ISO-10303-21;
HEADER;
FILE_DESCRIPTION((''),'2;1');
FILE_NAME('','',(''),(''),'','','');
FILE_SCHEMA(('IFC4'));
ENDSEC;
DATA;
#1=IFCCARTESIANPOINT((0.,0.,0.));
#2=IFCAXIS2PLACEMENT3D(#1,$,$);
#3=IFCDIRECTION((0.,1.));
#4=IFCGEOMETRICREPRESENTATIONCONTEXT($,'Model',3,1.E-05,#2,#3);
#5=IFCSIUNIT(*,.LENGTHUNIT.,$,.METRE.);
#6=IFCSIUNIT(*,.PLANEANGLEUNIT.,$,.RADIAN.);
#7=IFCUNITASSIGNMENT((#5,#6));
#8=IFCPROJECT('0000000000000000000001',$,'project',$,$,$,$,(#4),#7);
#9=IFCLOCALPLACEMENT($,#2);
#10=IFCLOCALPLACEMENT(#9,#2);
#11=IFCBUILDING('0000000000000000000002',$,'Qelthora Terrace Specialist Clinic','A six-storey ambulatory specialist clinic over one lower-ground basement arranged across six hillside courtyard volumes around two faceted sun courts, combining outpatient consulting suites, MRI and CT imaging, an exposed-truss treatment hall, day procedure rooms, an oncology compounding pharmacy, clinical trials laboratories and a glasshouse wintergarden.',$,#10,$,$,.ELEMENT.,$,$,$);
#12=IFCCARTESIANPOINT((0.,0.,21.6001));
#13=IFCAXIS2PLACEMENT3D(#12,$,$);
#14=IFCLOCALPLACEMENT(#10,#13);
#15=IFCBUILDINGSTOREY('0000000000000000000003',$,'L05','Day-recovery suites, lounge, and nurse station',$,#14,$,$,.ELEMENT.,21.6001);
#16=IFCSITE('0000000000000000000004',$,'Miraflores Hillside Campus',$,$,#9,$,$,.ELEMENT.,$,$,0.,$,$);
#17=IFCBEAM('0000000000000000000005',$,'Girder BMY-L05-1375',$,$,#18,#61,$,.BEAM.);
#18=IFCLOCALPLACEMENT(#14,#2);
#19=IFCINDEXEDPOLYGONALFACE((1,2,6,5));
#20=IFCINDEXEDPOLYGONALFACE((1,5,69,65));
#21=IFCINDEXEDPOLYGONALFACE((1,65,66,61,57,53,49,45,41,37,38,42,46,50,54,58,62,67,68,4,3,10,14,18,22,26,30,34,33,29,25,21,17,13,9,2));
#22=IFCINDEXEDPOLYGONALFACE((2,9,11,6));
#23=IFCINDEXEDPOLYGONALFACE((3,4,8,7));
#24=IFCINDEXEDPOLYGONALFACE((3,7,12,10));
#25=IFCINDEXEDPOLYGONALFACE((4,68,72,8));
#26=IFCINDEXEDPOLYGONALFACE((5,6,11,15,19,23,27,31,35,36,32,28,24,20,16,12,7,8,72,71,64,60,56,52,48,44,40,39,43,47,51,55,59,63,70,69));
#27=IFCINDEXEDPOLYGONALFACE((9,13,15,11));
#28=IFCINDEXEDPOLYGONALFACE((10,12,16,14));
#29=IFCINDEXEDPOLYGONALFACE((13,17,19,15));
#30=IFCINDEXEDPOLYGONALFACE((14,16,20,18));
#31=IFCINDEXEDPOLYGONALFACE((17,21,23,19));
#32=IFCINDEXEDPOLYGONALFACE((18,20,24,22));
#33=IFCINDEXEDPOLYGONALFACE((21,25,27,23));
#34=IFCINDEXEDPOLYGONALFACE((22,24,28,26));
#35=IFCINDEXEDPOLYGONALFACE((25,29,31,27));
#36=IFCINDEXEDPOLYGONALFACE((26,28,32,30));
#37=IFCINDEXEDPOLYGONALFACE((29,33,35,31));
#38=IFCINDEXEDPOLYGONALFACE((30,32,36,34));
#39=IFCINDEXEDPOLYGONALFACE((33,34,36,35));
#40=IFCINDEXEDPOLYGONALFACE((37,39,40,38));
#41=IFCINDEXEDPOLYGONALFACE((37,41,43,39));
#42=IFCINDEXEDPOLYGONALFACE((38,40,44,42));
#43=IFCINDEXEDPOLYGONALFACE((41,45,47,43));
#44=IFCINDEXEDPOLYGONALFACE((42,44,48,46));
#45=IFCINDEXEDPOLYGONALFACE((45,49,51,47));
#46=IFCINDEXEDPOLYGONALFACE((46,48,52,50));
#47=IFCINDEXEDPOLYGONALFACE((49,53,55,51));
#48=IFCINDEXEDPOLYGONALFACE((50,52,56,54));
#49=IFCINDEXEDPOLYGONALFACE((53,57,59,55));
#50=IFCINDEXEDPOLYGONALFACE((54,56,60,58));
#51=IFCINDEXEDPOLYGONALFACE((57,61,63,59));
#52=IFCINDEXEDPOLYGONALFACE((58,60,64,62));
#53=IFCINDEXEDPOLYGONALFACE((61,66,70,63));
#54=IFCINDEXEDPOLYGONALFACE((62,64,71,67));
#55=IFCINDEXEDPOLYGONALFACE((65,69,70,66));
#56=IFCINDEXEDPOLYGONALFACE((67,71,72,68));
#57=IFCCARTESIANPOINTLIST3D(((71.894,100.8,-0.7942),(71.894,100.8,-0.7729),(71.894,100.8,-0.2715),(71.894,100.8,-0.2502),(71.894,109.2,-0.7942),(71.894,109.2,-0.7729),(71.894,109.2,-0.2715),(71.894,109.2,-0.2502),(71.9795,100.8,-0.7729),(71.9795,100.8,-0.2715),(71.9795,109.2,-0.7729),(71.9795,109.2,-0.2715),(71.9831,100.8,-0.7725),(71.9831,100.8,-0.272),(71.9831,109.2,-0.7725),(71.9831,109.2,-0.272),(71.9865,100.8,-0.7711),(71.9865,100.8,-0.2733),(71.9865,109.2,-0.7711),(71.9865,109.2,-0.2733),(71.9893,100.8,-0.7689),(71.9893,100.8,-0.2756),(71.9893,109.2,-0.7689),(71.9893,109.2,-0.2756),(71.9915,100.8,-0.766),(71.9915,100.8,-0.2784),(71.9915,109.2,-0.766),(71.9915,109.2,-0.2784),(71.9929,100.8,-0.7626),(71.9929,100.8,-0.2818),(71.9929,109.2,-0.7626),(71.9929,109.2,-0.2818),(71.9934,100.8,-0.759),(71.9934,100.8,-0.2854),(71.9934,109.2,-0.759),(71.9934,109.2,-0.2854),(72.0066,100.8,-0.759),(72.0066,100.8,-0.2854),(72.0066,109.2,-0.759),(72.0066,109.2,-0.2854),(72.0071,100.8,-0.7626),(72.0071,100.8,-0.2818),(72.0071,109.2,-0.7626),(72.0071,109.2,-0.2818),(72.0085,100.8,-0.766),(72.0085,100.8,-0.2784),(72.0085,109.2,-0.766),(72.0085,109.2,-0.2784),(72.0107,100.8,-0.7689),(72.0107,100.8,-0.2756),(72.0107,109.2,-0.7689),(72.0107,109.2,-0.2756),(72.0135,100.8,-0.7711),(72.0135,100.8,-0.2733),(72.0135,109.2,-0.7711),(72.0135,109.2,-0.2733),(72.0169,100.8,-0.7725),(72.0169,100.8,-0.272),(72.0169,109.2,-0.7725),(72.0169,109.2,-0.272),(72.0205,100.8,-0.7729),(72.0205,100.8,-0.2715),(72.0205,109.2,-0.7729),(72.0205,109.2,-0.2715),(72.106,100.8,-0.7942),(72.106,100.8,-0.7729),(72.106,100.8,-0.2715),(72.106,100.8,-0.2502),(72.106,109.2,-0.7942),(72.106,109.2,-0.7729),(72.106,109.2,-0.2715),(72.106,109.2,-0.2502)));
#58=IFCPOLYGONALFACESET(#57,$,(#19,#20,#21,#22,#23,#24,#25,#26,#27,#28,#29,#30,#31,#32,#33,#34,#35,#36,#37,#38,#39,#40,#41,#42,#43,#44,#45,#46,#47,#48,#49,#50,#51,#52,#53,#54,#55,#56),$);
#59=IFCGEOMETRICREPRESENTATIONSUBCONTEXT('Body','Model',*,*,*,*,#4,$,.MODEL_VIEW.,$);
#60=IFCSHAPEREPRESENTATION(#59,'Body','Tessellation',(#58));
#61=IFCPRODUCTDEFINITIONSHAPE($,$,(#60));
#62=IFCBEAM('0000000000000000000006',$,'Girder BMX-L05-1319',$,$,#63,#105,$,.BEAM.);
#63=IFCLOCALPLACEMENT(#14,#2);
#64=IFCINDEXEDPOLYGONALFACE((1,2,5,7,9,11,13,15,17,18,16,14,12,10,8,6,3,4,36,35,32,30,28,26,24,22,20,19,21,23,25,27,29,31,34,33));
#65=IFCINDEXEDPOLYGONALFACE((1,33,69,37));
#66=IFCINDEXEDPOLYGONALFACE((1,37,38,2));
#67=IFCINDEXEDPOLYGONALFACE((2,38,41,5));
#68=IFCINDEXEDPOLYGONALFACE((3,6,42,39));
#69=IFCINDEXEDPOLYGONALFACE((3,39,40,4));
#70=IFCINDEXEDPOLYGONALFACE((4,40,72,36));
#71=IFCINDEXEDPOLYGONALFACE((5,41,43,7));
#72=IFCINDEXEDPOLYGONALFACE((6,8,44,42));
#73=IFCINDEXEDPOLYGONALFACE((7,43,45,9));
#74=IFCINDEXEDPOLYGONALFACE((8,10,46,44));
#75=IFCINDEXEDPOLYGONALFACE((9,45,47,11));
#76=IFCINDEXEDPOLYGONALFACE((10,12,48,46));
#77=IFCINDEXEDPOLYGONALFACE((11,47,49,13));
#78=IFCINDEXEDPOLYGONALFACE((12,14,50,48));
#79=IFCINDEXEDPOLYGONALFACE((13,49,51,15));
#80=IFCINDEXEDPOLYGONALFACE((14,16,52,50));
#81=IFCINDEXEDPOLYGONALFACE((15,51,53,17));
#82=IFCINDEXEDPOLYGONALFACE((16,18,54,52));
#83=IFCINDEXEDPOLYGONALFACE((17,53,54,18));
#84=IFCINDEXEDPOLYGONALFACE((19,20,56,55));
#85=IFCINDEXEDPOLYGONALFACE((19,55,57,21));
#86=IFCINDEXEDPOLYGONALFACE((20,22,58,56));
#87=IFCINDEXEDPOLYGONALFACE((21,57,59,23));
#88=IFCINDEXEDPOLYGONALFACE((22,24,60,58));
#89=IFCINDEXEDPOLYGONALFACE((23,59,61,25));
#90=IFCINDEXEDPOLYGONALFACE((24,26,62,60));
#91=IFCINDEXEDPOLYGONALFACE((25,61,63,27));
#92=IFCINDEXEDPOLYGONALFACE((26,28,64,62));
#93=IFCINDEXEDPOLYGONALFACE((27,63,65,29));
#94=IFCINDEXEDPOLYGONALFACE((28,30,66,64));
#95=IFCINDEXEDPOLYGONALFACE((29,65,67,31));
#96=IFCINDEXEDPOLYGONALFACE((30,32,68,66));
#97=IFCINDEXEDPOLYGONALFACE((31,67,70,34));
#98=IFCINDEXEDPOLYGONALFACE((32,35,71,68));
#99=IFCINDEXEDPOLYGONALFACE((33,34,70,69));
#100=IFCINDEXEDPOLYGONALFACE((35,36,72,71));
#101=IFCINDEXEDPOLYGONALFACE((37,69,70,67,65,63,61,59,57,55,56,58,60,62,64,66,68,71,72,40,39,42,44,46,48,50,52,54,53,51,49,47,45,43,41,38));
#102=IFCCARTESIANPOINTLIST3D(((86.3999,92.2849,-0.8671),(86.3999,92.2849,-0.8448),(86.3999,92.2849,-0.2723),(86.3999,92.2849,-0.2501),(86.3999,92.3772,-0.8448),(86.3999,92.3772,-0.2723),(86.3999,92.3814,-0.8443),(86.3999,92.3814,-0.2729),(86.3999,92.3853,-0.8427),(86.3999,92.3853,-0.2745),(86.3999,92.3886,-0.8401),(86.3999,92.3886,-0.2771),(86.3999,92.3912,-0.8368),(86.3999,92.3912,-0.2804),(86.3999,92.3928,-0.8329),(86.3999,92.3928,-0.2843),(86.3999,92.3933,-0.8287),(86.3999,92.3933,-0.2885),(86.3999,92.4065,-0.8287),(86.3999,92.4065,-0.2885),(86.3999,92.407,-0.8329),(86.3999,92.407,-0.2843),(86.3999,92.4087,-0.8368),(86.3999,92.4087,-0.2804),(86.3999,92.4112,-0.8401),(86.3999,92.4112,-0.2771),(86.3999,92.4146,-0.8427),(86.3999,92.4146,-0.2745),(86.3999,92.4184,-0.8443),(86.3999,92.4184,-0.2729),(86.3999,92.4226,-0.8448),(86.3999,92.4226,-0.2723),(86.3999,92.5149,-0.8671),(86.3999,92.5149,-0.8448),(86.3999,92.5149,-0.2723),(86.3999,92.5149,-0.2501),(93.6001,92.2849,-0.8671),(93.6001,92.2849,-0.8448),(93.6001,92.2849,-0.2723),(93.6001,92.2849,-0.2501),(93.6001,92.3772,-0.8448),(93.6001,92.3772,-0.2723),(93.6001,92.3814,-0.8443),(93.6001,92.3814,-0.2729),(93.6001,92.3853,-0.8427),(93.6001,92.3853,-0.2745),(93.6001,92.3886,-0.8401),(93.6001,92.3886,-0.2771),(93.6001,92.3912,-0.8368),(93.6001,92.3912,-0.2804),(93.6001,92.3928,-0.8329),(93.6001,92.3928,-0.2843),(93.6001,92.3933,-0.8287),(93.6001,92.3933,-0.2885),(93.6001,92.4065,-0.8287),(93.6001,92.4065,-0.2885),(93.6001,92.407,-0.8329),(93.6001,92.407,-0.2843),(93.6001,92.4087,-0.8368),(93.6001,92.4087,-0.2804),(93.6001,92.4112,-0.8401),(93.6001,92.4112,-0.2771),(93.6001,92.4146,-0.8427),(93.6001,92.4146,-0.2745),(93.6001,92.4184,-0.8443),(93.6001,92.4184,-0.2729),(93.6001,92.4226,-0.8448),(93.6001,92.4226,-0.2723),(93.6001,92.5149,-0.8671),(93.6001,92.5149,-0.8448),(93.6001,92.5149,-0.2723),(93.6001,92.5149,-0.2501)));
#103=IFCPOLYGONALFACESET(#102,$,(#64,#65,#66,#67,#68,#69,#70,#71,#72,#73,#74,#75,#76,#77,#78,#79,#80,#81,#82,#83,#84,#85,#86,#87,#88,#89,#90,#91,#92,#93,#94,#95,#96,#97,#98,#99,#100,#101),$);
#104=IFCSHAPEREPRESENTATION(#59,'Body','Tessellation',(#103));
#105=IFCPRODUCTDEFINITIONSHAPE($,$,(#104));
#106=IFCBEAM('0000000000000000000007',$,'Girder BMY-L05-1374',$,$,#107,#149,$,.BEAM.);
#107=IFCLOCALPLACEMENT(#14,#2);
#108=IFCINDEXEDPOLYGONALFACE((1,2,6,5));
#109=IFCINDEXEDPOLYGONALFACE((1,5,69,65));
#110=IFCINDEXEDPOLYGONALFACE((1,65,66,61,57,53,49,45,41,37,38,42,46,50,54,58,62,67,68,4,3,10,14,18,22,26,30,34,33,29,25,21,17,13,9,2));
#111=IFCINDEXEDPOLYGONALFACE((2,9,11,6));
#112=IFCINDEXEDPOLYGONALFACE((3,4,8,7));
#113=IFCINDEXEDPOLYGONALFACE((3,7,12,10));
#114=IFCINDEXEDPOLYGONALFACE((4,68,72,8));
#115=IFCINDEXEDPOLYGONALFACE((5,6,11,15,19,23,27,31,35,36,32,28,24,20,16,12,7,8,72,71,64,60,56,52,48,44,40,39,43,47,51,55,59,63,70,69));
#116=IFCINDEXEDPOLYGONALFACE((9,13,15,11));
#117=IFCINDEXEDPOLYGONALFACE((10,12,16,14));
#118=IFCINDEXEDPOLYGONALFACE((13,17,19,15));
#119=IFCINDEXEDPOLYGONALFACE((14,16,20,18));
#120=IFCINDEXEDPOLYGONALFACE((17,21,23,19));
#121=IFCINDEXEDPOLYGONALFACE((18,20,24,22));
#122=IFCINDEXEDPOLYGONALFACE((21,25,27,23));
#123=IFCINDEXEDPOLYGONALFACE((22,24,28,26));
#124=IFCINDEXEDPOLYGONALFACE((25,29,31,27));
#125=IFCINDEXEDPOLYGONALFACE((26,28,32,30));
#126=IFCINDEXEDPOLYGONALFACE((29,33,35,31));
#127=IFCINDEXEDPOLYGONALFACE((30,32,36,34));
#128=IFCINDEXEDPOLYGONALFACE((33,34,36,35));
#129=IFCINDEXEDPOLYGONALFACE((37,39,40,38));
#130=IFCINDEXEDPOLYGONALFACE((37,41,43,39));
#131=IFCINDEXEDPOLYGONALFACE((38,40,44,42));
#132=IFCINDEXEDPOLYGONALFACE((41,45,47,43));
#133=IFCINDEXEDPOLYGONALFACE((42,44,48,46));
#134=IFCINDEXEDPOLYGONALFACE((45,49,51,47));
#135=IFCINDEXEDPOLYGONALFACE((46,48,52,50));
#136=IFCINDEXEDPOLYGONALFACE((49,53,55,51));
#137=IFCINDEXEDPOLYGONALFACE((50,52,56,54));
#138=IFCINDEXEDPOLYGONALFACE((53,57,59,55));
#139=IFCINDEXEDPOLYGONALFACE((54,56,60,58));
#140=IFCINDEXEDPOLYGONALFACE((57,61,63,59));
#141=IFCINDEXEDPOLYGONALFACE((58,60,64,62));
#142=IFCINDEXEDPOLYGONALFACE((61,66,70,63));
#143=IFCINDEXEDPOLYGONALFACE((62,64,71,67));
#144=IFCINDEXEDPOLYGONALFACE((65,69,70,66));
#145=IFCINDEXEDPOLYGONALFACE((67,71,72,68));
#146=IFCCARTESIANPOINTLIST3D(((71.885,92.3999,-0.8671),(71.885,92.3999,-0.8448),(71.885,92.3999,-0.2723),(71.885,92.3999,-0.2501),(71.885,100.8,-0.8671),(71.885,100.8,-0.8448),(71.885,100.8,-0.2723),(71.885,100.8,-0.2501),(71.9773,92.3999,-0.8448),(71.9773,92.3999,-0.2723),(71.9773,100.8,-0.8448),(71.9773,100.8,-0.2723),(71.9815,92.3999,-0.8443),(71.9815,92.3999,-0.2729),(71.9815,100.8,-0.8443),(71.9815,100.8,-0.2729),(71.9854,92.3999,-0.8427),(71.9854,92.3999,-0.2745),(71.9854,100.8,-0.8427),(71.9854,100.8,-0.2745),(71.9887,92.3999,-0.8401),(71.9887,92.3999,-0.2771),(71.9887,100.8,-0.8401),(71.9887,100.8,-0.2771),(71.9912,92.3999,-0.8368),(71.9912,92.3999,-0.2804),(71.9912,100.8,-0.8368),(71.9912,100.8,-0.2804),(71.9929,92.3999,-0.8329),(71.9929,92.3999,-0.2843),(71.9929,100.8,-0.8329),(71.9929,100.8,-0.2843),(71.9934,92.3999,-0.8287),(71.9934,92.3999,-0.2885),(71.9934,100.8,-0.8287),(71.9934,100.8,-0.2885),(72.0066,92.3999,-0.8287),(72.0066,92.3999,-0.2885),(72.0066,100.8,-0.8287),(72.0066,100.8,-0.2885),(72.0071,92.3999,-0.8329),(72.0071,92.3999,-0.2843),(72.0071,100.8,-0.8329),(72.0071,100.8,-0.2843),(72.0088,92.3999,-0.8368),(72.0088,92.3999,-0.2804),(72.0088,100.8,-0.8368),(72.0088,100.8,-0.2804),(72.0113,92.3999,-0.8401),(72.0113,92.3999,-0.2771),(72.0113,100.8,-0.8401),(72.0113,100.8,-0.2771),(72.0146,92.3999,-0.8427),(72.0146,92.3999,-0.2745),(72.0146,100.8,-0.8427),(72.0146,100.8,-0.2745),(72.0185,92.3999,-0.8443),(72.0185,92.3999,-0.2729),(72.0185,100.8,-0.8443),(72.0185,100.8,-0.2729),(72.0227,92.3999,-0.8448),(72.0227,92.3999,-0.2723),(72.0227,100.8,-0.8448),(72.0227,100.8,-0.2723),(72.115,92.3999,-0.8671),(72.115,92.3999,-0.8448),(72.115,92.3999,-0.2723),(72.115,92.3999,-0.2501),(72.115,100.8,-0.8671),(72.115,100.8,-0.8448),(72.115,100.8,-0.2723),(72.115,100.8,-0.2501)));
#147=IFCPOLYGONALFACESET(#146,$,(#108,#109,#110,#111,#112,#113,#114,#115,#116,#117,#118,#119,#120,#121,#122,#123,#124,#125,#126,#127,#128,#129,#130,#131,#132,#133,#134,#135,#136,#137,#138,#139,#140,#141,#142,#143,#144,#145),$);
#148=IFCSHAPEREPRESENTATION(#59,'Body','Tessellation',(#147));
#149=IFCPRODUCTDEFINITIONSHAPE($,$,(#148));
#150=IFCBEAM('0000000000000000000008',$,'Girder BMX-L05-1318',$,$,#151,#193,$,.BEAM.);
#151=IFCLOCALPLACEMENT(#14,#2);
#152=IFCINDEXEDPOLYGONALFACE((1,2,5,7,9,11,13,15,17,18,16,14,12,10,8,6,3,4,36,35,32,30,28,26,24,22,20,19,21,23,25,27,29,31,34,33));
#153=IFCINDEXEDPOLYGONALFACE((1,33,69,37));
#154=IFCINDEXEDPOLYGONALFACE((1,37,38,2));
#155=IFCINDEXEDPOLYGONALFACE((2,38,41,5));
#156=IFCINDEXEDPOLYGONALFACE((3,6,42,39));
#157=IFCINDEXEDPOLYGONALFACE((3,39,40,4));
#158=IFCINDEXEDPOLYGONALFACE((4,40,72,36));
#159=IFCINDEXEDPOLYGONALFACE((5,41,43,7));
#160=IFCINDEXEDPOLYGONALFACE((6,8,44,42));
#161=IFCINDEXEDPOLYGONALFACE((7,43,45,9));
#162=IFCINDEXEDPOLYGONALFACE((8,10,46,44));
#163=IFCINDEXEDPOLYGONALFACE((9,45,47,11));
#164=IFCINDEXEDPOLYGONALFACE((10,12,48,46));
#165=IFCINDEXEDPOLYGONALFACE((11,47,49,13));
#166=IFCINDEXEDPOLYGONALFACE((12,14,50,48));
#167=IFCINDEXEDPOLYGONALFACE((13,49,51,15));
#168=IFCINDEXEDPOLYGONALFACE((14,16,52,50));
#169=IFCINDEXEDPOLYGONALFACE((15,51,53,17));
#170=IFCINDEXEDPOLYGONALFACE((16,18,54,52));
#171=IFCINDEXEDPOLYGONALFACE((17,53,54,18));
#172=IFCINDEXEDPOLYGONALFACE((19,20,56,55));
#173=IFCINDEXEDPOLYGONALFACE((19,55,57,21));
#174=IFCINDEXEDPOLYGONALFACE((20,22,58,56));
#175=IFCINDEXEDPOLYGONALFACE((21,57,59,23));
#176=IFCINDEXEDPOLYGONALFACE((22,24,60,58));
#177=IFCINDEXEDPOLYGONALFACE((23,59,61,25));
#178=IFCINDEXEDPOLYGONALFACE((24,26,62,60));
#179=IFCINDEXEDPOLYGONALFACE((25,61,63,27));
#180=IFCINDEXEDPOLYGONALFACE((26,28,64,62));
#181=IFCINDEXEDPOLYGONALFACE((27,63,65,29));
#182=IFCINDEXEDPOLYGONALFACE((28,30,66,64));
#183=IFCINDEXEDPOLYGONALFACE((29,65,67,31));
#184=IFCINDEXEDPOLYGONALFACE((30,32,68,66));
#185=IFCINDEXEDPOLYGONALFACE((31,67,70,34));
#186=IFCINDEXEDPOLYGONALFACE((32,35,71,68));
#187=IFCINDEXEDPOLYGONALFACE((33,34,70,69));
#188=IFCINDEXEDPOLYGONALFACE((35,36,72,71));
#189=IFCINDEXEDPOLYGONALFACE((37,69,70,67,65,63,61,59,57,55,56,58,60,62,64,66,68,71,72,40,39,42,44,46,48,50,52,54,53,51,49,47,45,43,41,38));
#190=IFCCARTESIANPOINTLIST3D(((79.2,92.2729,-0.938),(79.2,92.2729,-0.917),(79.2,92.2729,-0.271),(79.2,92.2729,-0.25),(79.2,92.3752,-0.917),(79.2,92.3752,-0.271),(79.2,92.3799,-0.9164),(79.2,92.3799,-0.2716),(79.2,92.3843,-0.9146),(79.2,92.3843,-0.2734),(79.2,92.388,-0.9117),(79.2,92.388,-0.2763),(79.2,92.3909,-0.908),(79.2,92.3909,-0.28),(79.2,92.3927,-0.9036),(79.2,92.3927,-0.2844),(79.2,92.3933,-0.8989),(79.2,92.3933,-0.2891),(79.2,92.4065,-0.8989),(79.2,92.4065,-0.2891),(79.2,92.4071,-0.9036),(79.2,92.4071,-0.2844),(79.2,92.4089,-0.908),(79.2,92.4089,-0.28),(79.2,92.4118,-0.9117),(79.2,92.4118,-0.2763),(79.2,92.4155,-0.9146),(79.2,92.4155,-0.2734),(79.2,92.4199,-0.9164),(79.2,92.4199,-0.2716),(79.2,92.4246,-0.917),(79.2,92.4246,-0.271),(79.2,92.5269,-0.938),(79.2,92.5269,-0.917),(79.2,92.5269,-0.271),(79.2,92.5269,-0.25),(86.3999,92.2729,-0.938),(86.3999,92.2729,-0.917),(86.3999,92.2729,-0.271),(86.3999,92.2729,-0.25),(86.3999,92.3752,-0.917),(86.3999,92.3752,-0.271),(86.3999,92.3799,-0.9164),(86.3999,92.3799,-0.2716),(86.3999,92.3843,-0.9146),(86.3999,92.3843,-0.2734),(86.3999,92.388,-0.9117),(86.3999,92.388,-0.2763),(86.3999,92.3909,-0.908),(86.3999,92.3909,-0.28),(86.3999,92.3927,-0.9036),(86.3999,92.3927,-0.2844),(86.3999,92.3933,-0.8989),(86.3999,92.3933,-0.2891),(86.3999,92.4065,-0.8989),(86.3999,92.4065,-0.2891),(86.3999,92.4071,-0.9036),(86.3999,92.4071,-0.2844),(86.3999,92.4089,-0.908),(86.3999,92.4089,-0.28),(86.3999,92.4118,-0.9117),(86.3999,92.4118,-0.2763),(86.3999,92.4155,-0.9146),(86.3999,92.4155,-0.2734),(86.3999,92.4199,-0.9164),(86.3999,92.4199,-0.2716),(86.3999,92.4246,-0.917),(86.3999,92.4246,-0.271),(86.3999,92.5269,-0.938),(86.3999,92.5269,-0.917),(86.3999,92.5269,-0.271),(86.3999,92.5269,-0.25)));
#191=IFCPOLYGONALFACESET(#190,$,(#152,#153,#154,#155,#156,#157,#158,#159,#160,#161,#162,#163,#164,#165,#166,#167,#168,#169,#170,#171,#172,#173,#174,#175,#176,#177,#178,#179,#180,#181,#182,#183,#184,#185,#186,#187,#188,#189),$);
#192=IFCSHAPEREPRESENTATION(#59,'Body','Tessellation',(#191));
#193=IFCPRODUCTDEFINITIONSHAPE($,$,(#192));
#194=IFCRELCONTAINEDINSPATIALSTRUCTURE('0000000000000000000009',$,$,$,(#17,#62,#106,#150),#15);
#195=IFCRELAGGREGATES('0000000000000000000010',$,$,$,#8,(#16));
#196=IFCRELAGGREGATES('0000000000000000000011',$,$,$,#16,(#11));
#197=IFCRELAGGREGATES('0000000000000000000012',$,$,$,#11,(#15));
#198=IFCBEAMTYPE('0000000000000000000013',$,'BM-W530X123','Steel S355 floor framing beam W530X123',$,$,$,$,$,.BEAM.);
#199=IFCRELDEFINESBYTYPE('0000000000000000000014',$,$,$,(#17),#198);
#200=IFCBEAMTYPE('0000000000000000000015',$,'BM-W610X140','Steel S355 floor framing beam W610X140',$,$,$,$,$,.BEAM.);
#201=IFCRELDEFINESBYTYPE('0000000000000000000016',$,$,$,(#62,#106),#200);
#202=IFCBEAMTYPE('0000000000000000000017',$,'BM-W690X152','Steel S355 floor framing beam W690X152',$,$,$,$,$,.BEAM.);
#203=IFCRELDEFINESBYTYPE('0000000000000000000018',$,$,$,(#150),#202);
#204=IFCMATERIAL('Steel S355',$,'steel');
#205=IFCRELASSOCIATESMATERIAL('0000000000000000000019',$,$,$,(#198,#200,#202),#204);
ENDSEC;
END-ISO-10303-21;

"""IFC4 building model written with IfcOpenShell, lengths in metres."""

from ifc_helpers import new_model, si_unit, direction, frame, origin, origin_2d, place, context, subcontext, project, spatial, i_section, extrude, material, material_profile, profile_set, type_object, element, save


model = new_model("IFC4")

# Units and contexts
model_context = context("Model", 3, precision=1e-05, world=origin(), true_north=direction((0.0, 1.0)))
body_context = subcontext(model_context, "Body", "Model", "MODEL_VIEW")
ifc_project = project(units=[si_unit("LENGTHUNIT", "METRE"), si_unit("PLANEANGLEUNIT", "RADIAN")], contexts=[model_context])

# Site, building, storey
site_placement = place(None, origin())
site = spatial("IfcSite", under=ifc_project, at=site_placement, Name="Miraflores Hillside Campus", CompositionType="ELEMENT", RefElevation=0.0)
building_placement = place(site_placement, origin())
building = spatial("IfcBuilding", under=site, at=building_placement, Name="Qelthora Terrace Specialist Clinic", Description="A six-storey ambulatory specialist clinic over one lower-ground basement arranged across six hillside courtyard volumes around two faceted sun courts, combining outpatient consulting suites, MRI and CT imaging, an exposed-truss treatment hall, day procedure rooms, an oncology compounding pharmacy, clinical trials laboratories and a glasshouse wintergarden.", CompositionType="ELEMENT")
storey_placement = place(building_placement, frame((0.0, 0.0, 21.6001)))
storey = spatial("IfcBuildingStorey", under=building, at=storey_placement, Name="L05", Description="Day-recovery suites, lounge, and nurse station", CompositionType="ELEMENT", Elevation=21.6001)

# Beams
ifc_material_1 = material(Name="Steel S355", Category="steel")
ifc_material_profile_1 = material_profile(ifc_material_1, i_section(OverallWidth=0.2119, OverallDepth=0.5439, WebThickness=0.0132, FlangeThickness=0.0212, FilletRadius=0.0139, at=origin_2d()), Name="W530X123")
ifc_profile_set_1 = profile_set([ifc_material_profile_1], Name="Steel S355")
beam_type_1 = type_object("IfcBeamType", Name="BM-W530X123", Description="Steel S355 floor framing beam W530X123", PredefinedType="BEAM", material=ifc_profile_set_1)
beam_1_placement = place(storey_placement, frame((72.0, 100.8, -0.5222), z_axis=(0.0, 1.0, 0.0), x_axis=(-1.0, 0.0, 0.0)))
element("IfcBeam", 1, at=beam_1_placement, inside=storey, type_object=beam_type_1, Name="Girder BMY-L05-1375", PredefinedType="BEAM", context=body_context, shape_type="SweptSolid", body=[
    extrude(i_section(OverallWidth=0.2119, OverallDepth=0.5439, WebThickness=0.0132, FlangeThickness=0.0212, FilletRadius=0.0139, at=origin_2d()), origin(), (0.0, 0.0, 1.0), 8.3999),
])
ifc_material_profile_2 = material_profile(ifc_material_1, i_section(OverallWidth=0.23, OverallDepth=0.6169, WebThickness=0.0132, FlangeThickness=0.0222, FilletRadius=0.0161, at=origin_2d()), Name="W610X140")
ifc_profile_set_2 = profile_set([ifc_material_profile_2], Name="Steel S355")
beam_type_2 = type_object("IfcBeamType", Name="BM-W610X140", Description="Steel S355 floor framing beam W610X140", PredefinedType="BEAM", material=ifc_profile_set_2)
beam_2_placement = place(storey_placement, frame((86.3999, 92.3999, -0.5586), z_axis=(1.0, 0.0, 0.0), x_axis=(0.0, 1.0, 0.0)))
element("IfcBeam", 2, at=beam_2_placement, inside=storey, type_object=beam_type_2, Name="Girder BMX-L05-1319", PredefinedType="BEAM", context=body_context, shape_type="SweptSolid", body=[
    extrude(i_section(OverallWidth=0.23, OverallDepth=0.6169, WebThickness=0.0132, FlangeThickness=0.0222, FilletRadius=0.0161, at=origin_2d()), origin(), (0.0, 0.0, 1.0), 7.2002),
])
beam_3_placement = place(storey_placement, frame((72.0, 92.3999, -0.5586), z_axis=(0.0, 1.0, 0.0), x_axis=(-1.0, 0.0, 0.0)))
element("IfcBeam", 3, at=beam_3_placement, inside=storey, type_object=beam_type_2, Name="Girder BMY-L05-1374", PredefinedType="BEAM", context=body_context, shape_type="SweptSolid", body=[
    extrude(i_section(OverallWidth=0.23, OverallDepth=0.6169, WebThickness=0.0132, FlangeThickness=0.0222, FilletRadius=0.0161, at=origin_2d()), origin(), (0.0, 0.0, 1.0), 8.4001),
])
ifc_material_profile_3 = material_profile(ifc_material_1, i_section(OverallWidth=0.2539, OverallDepth=0.688, WebThickness=0.0132, FlangeThickness=0.021, FilletRadius=0.0181, at=origin_2d()), Name="W690X152")
ifc_profile_set_3 = profile_set([ifc_material_profile_3], Name="Steel S355")
beam_type_3 = type_object("IfcBeamType", Name="BM-W690X152", Description="Steel S355 floor framing beam W690X152", PredefinedType="BEAM", material=ifc_profile_set_3)
beam_4_placement = place(storey_placement, frame((79.2, 92.3999, -0.594), z_axis=(1.0, 0.0, 0.0), x_axis=(0.0, 1.0, 0.0)))
element("IfcBeam", 4, at=beam_4_placement, inside=storey, type_object=beam_type_3, Name="Girder BMX-L05-1318", PredefinedType="BEAM", context=body_context, shape_type="SweptSolid", body=[
    extrude(i_section(OverallWidth=0.2539, OverallDepth=0.688, WebThickness=0.0132, FlangeThickness=0.021, FilletRadius=0.0181, at=origin_2d()), origin(), (0.0, 0.0, 1.0), 7.2),
])

save(model, "model.ifc")
